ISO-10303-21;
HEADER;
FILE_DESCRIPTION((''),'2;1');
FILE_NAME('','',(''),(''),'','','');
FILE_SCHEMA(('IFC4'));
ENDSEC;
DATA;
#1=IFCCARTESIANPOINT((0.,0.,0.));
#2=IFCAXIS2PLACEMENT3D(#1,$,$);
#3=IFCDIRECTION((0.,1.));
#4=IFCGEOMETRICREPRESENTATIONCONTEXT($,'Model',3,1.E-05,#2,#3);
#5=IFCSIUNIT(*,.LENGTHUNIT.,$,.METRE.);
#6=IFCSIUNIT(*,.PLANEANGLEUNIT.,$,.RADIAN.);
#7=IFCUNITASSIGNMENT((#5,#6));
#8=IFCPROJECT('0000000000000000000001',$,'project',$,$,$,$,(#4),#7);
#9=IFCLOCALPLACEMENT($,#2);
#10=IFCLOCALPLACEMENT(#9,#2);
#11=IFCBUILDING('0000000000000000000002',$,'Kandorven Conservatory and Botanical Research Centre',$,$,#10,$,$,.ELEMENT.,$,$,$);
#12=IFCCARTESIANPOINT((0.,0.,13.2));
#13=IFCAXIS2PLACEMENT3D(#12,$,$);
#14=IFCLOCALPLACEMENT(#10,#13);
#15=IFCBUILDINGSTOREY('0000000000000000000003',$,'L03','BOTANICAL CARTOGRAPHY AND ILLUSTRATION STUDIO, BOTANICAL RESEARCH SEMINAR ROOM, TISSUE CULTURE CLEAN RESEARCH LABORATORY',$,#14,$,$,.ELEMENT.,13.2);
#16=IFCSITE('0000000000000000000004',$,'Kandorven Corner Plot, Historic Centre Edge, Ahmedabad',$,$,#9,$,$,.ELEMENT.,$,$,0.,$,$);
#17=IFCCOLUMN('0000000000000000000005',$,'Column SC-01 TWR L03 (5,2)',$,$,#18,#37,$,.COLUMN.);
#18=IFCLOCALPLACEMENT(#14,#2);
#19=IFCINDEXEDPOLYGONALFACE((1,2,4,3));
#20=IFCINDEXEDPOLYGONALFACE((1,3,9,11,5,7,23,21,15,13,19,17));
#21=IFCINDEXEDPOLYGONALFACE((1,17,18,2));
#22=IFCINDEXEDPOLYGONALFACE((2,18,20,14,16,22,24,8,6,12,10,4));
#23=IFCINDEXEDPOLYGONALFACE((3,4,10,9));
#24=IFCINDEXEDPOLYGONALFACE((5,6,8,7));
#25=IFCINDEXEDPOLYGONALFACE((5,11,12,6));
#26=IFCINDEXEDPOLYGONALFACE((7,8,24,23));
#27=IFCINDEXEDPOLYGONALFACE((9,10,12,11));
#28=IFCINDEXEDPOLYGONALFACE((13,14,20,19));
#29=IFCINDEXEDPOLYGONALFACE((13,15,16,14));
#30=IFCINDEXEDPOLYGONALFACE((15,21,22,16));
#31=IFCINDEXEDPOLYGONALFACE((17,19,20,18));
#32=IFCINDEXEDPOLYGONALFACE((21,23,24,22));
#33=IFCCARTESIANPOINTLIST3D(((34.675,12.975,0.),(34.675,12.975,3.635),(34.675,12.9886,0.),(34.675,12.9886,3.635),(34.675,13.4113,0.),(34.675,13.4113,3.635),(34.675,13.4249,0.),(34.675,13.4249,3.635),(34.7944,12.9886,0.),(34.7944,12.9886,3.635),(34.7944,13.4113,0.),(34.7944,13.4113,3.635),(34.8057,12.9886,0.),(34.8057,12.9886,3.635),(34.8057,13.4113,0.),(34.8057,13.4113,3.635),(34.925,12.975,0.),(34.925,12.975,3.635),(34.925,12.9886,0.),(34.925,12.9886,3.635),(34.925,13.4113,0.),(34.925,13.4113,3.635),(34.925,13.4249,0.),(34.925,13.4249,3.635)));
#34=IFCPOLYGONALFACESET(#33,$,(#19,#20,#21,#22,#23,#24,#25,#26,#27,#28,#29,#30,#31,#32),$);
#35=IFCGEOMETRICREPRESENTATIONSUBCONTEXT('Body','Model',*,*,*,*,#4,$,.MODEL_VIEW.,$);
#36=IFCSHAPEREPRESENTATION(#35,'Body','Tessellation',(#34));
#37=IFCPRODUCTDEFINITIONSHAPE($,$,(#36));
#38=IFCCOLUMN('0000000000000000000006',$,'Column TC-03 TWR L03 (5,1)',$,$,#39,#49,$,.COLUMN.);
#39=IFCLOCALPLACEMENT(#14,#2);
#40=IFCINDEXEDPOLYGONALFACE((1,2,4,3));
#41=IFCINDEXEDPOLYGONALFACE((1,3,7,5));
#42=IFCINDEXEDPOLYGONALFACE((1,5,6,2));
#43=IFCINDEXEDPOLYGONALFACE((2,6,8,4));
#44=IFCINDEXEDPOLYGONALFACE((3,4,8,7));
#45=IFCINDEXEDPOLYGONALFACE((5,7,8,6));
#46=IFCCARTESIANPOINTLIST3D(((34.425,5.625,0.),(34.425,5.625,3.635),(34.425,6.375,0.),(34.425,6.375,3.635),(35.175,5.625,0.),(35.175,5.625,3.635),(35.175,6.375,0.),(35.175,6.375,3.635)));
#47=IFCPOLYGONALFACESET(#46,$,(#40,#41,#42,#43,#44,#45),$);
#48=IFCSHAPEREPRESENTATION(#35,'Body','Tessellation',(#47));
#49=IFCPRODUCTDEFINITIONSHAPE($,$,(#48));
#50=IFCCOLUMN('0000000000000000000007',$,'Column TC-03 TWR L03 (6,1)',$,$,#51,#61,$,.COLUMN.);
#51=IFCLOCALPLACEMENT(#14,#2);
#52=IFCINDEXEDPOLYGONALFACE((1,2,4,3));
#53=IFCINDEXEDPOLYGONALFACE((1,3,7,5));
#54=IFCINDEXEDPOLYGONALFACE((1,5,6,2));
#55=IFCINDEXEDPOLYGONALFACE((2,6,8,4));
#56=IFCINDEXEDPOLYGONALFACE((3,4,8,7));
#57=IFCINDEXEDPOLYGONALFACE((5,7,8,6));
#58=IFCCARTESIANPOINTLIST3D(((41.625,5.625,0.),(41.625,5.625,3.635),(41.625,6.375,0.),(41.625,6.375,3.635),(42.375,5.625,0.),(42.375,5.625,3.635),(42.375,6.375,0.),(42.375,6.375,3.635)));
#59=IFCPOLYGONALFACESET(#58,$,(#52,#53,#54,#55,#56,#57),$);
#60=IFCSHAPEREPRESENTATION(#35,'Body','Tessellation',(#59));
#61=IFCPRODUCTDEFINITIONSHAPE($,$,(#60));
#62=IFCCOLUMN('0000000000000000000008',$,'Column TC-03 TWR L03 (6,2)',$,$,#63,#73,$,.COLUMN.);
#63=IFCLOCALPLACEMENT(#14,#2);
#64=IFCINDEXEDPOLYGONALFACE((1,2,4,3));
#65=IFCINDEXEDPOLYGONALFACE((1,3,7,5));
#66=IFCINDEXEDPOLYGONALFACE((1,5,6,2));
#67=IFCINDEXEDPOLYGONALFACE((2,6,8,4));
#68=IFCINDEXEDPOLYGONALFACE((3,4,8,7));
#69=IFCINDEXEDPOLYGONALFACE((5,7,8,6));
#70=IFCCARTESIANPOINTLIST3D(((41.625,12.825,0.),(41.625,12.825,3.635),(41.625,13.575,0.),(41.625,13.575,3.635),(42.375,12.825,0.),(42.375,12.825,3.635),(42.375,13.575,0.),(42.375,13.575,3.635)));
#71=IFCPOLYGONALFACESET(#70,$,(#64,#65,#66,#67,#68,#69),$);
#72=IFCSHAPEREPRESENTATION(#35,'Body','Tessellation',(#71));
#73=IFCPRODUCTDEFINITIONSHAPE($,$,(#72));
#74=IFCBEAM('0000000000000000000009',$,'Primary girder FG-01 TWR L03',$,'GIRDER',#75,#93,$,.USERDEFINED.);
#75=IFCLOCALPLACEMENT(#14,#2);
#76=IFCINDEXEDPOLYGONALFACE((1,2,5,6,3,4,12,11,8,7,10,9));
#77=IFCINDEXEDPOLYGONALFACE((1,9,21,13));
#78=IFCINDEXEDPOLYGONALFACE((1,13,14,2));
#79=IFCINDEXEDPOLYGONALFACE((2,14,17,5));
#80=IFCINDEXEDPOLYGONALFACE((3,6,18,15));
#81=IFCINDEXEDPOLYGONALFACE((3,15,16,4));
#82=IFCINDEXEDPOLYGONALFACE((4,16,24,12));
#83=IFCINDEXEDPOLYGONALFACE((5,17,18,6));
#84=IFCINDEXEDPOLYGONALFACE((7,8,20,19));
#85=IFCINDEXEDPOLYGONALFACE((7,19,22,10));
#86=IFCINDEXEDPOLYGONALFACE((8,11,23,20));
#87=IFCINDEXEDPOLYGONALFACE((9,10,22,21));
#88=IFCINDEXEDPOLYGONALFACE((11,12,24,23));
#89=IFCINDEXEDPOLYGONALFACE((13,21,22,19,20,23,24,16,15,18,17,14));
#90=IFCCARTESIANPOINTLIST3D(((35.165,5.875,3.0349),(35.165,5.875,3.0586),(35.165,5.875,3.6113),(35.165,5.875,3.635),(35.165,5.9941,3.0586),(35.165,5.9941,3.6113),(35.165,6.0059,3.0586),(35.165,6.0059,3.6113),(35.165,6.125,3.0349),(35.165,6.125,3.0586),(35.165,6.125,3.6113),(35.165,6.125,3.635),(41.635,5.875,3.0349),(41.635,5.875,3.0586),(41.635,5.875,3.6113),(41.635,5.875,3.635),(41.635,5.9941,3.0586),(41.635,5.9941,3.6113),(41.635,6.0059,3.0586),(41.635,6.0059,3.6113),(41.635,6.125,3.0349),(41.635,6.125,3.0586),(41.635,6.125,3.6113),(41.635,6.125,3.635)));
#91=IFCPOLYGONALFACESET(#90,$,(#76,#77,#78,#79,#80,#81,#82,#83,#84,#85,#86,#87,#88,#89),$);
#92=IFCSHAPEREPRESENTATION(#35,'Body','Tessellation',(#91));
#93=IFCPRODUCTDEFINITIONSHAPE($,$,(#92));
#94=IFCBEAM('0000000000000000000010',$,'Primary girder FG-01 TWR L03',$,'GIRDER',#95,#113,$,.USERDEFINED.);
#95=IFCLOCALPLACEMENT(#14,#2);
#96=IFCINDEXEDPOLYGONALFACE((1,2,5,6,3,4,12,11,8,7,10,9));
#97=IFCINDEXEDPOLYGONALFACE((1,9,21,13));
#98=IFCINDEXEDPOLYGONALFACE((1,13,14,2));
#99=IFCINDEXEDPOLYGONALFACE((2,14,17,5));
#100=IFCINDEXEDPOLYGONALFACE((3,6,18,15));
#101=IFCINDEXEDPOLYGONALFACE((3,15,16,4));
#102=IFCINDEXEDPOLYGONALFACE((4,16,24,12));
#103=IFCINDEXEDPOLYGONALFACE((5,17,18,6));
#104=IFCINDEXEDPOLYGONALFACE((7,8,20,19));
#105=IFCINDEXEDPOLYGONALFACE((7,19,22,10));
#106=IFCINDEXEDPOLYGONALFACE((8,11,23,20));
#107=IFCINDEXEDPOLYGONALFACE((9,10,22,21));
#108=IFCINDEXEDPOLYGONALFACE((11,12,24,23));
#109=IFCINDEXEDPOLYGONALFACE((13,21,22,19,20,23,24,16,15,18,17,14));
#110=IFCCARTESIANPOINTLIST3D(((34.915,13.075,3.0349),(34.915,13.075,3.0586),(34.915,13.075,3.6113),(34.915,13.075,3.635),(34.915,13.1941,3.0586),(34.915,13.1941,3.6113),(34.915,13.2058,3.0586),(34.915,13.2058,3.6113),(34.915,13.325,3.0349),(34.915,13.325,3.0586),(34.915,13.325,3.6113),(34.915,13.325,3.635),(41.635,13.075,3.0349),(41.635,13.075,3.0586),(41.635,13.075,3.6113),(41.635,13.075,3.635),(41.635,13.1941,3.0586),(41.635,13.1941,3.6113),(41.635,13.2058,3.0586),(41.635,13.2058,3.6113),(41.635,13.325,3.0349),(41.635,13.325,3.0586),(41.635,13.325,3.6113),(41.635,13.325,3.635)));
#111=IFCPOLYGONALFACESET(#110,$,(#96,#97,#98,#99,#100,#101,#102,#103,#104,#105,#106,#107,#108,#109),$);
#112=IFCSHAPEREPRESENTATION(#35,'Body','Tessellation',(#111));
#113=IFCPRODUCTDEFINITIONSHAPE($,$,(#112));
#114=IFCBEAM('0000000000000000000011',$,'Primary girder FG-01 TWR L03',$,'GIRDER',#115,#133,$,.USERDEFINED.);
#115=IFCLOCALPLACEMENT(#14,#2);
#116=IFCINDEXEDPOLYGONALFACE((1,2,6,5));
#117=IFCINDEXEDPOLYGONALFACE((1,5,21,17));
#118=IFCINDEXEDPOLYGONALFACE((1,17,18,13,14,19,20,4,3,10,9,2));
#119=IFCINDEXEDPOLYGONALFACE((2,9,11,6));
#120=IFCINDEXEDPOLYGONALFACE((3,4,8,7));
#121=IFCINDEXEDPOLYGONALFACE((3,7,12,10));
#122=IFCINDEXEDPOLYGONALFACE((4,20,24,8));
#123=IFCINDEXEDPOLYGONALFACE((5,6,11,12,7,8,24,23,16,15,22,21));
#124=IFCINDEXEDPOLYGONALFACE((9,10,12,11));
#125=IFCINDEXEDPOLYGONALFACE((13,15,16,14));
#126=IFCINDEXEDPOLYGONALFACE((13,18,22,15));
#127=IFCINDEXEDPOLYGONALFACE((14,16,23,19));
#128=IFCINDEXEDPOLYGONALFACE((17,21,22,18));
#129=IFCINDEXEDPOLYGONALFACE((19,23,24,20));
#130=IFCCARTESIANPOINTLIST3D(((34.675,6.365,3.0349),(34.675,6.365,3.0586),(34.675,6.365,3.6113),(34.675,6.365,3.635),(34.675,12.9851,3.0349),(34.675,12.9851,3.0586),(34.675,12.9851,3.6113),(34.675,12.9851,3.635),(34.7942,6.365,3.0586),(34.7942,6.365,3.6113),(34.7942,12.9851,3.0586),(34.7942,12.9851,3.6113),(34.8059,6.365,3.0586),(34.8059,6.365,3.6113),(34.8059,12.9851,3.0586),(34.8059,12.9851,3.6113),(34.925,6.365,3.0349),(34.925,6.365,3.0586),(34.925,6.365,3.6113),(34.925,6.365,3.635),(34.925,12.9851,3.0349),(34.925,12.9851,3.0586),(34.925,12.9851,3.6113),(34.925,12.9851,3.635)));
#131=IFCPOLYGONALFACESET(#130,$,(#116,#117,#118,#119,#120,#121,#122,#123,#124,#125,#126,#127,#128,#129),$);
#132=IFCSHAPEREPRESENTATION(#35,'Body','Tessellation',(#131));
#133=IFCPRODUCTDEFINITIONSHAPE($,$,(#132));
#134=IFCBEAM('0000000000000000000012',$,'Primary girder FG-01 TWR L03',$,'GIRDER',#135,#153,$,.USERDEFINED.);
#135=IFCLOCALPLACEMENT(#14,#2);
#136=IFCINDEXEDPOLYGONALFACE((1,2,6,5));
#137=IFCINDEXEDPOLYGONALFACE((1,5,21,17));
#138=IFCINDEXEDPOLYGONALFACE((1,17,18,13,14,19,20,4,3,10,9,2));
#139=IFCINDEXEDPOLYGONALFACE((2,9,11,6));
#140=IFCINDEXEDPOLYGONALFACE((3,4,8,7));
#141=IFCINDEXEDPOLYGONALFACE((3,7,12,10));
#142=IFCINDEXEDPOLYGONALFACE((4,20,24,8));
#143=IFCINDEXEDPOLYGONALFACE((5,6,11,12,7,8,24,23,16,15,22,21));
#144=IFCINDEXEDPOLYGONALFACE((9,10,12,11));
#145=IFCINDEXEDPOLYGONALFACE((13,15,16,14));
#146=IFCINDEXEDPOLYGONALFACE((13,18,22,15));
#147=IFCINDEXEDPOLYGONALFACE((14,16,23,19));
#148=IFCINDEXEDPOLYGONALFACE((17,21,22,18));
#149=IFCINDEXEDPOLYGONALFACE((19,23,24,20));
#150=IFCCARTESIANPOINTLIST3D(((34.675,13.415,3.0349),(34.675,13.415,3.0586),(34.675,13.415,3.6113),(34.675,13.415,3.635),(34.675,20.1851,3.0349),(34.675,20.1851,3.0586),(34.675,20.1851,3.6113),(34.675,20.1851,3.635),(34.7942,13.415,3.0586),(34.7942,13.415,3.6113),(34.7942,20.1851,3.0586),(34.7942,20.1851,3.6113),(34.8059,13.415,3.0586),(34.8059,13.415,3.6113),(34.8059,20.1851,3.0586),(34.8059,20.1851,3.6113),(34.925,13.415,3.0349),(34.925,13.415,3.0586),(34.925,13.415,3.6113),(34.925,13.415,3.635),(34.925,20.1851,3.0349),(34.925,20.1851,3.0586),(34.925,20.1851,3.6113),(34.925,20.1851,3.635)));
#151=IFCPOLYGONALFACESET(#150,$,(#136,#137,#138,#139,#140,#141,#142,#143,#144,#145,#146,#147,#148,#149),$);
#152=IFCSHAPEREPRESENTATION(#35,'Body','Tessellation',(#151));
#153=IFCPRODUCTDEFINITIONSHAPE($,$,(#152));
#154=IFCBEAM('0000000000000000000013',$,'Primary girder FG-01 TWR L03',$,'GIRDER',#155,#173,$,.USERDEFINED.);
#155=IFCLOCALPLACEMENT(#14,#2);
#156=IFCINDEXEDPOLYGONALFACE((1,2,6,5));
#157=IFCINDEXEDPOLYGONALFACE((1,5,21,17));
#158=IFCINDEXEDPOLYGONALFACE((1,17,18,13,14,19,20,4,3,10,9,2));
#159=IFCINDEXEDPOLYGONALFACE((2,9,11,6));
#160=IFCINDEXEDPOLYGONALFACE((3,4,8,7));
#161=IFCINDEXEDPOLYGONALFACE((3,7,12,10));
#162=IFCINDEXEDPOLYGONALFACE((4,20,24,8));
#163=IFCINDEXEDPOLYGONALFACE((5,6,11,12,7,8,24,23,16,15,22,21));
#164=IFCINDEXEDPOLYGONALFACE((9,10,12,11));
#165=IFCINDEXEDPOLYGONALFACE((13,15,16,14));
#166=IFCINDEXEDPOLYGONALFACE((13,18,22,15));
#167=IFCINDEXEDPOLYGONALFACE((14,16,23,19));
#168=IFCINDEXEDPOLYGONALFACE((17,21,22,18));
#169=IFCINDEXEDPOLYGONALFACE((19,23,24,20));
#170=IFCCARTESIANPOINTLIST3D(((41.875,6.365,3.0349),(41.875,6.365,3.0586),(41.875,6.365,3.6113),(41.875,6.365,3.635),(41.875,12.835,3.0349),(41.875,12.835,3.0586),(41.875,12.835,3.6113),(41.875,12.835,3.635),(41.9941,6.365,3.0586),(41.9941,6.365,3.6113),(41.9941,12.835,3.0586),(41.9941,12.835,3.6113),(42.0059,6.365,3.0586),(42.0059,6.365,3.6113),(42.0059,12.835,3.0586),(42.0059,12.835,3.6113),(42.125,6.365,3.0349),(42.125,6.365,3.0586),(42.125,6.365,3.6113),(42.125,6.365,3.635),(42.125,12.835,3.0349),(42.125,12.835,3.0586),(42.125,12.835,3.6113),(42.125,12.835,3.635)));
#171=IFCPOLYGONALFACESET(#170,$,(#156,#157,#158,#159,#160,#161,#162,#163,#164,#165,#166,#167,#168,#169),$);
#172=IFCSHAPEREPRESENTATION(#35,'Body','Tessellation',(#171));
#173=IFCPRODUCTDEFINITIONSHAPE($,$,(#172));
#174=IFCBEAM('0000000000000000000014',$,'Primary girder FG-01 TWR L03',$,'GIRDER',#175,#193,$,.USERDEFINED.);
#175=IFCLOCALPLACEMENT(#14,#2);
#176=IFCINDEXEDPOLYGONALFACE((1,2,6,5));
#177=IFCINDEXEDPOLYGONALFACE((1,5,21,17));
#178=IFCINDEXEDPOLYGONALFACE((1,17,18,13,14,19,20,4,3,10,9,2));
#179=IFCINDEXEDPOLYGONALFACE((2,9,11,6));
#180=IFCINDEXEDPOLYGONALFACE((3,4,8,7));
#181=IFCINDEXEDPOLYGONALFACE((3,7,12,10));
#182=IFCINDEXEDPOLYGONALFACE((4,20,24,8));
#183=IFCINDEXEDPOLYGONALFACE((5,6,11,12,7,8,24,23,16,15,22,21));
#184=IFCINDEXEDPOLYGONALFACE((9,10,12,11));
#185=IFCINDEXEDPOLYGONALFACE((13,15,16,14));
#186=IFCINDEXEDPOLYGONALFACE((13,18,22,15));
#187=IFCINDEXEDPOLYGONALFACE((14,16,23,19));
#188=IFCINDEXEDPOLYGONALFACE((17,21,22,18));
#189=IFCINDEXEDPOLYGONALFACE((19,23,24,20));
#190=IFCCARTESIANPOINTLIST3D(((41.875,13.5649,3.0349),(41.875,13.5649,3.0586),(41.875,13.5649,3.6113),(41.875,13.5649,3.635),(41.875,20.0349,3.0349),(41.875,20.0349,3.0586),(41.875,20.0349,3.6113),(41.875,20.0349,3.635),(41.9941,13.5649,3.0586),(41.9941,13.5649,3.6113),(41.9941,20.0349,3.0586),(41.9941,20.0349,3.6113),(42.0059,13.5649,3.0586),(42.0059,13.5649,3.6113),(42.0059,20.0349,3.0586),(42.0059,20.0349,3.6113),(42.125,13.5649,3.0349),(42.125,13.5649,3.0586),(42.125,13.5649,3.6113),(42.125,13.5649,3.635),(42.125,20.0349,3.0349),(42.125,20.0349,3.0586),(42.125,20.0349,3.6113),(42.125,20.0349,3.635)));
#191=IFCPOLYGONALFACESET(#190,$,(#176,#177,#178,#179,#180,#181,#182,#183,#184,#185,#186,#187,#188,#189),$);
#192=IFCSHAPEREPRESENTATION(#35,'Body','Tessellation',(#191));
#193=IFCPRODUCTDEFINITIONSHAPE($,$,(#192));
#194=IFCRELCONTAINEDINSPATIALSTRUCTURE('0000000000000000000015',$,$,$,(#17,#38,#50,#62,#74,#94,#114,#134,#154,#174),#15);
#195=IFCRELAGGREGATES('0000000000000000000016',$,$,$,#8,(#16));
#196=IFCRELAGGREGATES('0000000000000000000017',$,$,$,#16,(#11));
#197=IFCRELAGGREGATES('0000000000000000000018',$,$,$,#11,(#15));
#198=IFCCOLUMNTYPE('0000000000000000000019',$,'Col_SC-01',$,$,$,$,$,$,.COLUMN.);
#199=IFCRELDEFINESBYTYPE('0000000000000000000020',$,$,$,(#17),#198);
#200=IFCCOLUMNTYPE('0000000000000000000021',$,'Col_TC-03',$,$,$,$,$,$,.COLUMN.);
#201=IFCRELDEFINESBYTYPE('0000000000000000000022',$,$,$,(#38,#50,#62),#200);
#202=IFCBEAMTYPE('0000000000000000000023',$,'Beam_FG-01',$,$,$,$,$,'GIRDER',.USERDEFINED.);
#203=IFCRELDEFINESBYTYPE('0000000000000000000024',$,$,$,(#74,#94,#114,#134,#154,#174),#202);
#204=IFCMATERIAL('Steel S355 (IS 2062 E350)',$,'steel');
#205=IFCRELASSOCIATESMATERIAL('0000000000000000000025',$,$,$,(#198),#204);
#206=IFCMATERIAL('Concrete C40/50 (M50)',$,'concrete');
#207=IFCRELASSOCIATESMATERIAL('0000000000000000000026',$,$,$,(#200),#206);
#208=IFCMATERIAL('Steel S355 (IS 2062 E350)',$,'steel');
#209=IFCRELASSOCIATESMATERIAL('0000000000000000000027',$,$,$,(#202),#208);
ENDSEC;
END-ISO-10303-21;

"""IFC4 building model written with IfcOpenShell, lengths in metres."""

from ifc_helpers import new_model, si_unit, direction, frame, origin, origin_2d, place, context, subcontext, project, spatial, rectangle, i_section, extrude, material, material_profile, profile_set, type_object, element, save


model = new_model("IFC4")

# Units and contexts
model_context = context("Model", 3, precision=1e-05, world=origin(), true_north=direction((0.0, 1.0)))
body_context = subcontext(model_context, "Body", "Model", "MODEL_VIEW")
ifc_project = project(units=[si_unit("LENGTHUNIT", "METRE"), si_unit("PLANEANGLEUNIT", "RADIAN")], contexts=[model_context])

# Site, building, storey
site_placement = place(None, origin())
site = spatial("IfcSite", under=ifc_project, at=site_placement, Name="Kandorven Corner Plot, Historic Centre Edge, Ahmedabad", CompositionType="ELEMENT", RefElevation=0.0)
building_placement = place(site_placement, origin())
building = spatial("IfcBuilding", under=site, at=building_placement, Name="Kandorven Conservatory and Botanical Research Centre", CompositionType="ELEMENT")
storey_placement = place(building_placement, frame((0.0, 0.0, 13.2)))
storey = spatial("IfcBuildingStorey", under=building, at=storey_placement, Name="L03", Description="BOTANICAL CARTOGRAPHY AND ILLUSTRATION STUDIO, BOTANICAL RESEARCH SEMINAR ROOM, TISSUE CULTURE CLEAN RESEARCH LABORATORY", CompositionType="ELEMENT", Elevation=13.2)

# Columns
ifc_material_1 = material(Name="Steel S355 (IS 2062 E350)", Category="steel")
ifc_material_profile_1 = material_profile(ifc_material_1, i_section(OverallWidth=0.25, OverallDepth=0.45, WebThickness=0.0112, FlangeThickness=0.0137, at=origin_2d()))
ifc_profile_set_1 = profile_set([ifc_material_profile_1], Name="Steel S355 (IS 2062 E350)")
column_type_1 = type_object("IfcColumnType", Name="Col_SC-01", PredefinedType="COLUMN", material=ifc_profile_set_1)
column_placement = place(storey_placement, frame((34.8, 13.2, 0.0), z_axis=(0.0, 0.0, 1.0), x_axis=(1.0, 0.0, 0.0)))
element("IfcColumn", 1, at=column_placement, inside=storey, type_object=column_type_1, Name="Column SC-01 TWR L03 (5,2)", PredefinedType="COLUMN", context=body_context, shape_type="SweptSolid", body=[
    extrude(i_section(OverallWidth=0.25, OverallDepth=0.45, WebThickness=0.0112, FlangeThickness=0.0137, at=origin_2d()), origin(), (0.0, 0.0, 1.0), 3.635),
])
ifc_material_2 = material(Name="Concrete C40/50 (M50)", Category="concrete")
ifc_material_profile_2 = material_profile(ifc_material_2, rectangle(XDim=0.75, YDim=0.75, at=origin_2d()))
ifc_profile_set_2 = profile_set([ifc_material_profile_2], Name="Concrete C40/50 (M50)")
column_type_2 = type_object("IfcColumnType", Name="Col_TC-03", PredefinedType="COLUMN", material=ifc_profile_set_2)
for number, where, z_axis, x_axis, name in (
    (2, (34.8, 6.0, 0.0), (0.0, 0.0, 1.0), (1.0, 0.0, 0.0), "Column TC-03 TWR L03 (5,1)"),
    (3, (42.0, 6.0, 0.0), (0.0, 0.0, 1.0), (1.0, 0.0, 0.0), "Column TC-03 TWR L03 (6,1)"),
    (4, (42.0, 13.2, 0.0), (0.0, 0.0, 1.0), (1.0, 0.0, 0.0), "Column TC-03 TWR L03 (6,2)"),
):
    element("IfcColumn", number, at=place(storey_placement, frame(where, z_axis=z_axis, x_axis=x_axis)), inside=storey, type_object=column_type_2, Name=name, PredefinedType="COLUMN", context=body_context, shape_type="SweptSolid", body=[
        extrude(rectangle(XDim=0.75, YDim=0.75, at=origin_2d()), origin(), (0.0, 0.0, 1.0), 3.635),
    ])

# Beams
ifc_material_3 = material(Name="Steel S355 (IS 2062 E350)", Category="steel")
ifc_material_profile_3 = material_profile(ifc_material_3, i_section(OverallWidth=0.25, OverallDepth=0.6001, WebThickness=0.0117, FlangeThickness=0.0237, at=origin_2d()))
ifc_profile_set_3 = profile_set([ifc_material_profile_3], Name="Steel S355 (IS 2062 E350)")
beam_type_1 = type_object("IfcBeamType", Name="Beam_FG-01", ElementType="GIRDER", PredefinedType="USERDEFINED", material=ifc_profile_set_3)
beam_1_placement = place(storey_placement, frame((35.165, 6.0, 3.335), z_axis=(1.0, 0.0, 0.0), x_axis=(0.0, 1.0, 0.0)))
element("IfcBeam", 5, at=beam_1_placement, inside=storey, type_object=beam_type_1, Name="Primary girder FG-01 TWR L03", ObjectType="GIRDER", PredefinedType="USERDEFINED", context=body_context, shape_type="SweptSolid", body=[
    extrude(i_section(OverallWidth=0.25, OverallDepth=0.6001, WebThickness=0.0117, FlangeThickness=0.0237, at=origin_2d()), origin(), (0.0, 0.0, 1.0), 6.47),
])
beam_2_placement = place(storey_placement, frame((34.915, 13.2, 3.335), z_axis=(1.0, 0.0, 0.0), x_axis=(0.0, 1.0, 0.0)))
element("IfcBeam", 6, at=beam_2_placement, inside=storey, type_object=beam_type_1, Name="Primary girder FG-01 TWR L03", ObjectType="GIRDER", PredefinedType="USERDEFINED", context=body_context, shape_type="SweptSolid", body=[
    extrude(i_section(OverallWidth=0.25, OverallDepth=0.6001, WebThickness=0.0117, FlangeThickness=0.0237, at=origin_2d()), origin(), (0.0, 0.0, 1.0), 6.72),
])
beam_3_placement = place(storey_placement, frame((34.8, 6.365, 3.335), z_axis=(0.0, 1.0, 0.0), x_axis=(-1.0, 0.0, 0.0)))
element("IfcBeam", 7, at=beam_3_placement, inside=storey, type_object=beam_type_1, Name="Primary girder FG-01 TWR L03", ObjectType="GIRDER", PredefinedType="USERDEFINED", context=body_context, shape_type="SweptSolid", body=[
    extrude(i_section(OverallWidth=0.25, OverallDepth=0.6001, WebThickness=0.0117, FlangeThickness=0.0237, at=origin_2d()), origin(), (0.0, 0.0, 1.0), 6.6201),
])
beam_4_placement = place(storey_placement, frame((34.8, 13.415, 3.335), z_axis=(0.0, 1.0, 0.0), x_axis=(-1.0, 0.0, 0.0)))
element("IfcBeam", 8, at=beam_4_placement, inside=storey, type_object=beam_type_1, Name="Primary girder FG-01 TWR L03", ObjectType="GIRDER", PredefinedType="USERDEFINED", context=body_context, shape_type="SweptSolid", body=[
    extrude(i_section(OverallWidth=0.25, OverallDepth=0.6001, WebThickness=0.0117, FlangeThickness=0.0237, at=origin_2d()), origin(), (0.0, 0.0, 1.0), 6.77),
])
for number, where, z_axis, x_axis, name in (
    (9, (42.0, 6.365, 3.335), (0.0, 1.0, 0.0), (-1.0, 0.0, 0.0), "Primary girder FG-01 TWR L03"),
    (10, (42.0, 13.5649, 3.335), (0.0, 1.0, 0.0), (-1.0, 0.0, 0.0), "Primary girder FG-01 TWR L03"),
):
    element("IfcBeam", number, at=place(storey_placement, frame(where, z_axis=z_axis, x_axis=x_axis)), inside=storey, type_object=beam_type_1, Name=name, ObjectType="GIRDER", PredefinedType="USERDEFINED", context=body_context, shape_type="SweptSolid", body=[
        extrude(i_section(OverallWidth=0.25, OverallDepth=0.6001, WebThickness=0.0117, FlangeThickness=0.0237, at=origin_2d()), origin(), (0.0, 0.0, 1.0), 6.47),
    ])

save(model, "model.ifc")
